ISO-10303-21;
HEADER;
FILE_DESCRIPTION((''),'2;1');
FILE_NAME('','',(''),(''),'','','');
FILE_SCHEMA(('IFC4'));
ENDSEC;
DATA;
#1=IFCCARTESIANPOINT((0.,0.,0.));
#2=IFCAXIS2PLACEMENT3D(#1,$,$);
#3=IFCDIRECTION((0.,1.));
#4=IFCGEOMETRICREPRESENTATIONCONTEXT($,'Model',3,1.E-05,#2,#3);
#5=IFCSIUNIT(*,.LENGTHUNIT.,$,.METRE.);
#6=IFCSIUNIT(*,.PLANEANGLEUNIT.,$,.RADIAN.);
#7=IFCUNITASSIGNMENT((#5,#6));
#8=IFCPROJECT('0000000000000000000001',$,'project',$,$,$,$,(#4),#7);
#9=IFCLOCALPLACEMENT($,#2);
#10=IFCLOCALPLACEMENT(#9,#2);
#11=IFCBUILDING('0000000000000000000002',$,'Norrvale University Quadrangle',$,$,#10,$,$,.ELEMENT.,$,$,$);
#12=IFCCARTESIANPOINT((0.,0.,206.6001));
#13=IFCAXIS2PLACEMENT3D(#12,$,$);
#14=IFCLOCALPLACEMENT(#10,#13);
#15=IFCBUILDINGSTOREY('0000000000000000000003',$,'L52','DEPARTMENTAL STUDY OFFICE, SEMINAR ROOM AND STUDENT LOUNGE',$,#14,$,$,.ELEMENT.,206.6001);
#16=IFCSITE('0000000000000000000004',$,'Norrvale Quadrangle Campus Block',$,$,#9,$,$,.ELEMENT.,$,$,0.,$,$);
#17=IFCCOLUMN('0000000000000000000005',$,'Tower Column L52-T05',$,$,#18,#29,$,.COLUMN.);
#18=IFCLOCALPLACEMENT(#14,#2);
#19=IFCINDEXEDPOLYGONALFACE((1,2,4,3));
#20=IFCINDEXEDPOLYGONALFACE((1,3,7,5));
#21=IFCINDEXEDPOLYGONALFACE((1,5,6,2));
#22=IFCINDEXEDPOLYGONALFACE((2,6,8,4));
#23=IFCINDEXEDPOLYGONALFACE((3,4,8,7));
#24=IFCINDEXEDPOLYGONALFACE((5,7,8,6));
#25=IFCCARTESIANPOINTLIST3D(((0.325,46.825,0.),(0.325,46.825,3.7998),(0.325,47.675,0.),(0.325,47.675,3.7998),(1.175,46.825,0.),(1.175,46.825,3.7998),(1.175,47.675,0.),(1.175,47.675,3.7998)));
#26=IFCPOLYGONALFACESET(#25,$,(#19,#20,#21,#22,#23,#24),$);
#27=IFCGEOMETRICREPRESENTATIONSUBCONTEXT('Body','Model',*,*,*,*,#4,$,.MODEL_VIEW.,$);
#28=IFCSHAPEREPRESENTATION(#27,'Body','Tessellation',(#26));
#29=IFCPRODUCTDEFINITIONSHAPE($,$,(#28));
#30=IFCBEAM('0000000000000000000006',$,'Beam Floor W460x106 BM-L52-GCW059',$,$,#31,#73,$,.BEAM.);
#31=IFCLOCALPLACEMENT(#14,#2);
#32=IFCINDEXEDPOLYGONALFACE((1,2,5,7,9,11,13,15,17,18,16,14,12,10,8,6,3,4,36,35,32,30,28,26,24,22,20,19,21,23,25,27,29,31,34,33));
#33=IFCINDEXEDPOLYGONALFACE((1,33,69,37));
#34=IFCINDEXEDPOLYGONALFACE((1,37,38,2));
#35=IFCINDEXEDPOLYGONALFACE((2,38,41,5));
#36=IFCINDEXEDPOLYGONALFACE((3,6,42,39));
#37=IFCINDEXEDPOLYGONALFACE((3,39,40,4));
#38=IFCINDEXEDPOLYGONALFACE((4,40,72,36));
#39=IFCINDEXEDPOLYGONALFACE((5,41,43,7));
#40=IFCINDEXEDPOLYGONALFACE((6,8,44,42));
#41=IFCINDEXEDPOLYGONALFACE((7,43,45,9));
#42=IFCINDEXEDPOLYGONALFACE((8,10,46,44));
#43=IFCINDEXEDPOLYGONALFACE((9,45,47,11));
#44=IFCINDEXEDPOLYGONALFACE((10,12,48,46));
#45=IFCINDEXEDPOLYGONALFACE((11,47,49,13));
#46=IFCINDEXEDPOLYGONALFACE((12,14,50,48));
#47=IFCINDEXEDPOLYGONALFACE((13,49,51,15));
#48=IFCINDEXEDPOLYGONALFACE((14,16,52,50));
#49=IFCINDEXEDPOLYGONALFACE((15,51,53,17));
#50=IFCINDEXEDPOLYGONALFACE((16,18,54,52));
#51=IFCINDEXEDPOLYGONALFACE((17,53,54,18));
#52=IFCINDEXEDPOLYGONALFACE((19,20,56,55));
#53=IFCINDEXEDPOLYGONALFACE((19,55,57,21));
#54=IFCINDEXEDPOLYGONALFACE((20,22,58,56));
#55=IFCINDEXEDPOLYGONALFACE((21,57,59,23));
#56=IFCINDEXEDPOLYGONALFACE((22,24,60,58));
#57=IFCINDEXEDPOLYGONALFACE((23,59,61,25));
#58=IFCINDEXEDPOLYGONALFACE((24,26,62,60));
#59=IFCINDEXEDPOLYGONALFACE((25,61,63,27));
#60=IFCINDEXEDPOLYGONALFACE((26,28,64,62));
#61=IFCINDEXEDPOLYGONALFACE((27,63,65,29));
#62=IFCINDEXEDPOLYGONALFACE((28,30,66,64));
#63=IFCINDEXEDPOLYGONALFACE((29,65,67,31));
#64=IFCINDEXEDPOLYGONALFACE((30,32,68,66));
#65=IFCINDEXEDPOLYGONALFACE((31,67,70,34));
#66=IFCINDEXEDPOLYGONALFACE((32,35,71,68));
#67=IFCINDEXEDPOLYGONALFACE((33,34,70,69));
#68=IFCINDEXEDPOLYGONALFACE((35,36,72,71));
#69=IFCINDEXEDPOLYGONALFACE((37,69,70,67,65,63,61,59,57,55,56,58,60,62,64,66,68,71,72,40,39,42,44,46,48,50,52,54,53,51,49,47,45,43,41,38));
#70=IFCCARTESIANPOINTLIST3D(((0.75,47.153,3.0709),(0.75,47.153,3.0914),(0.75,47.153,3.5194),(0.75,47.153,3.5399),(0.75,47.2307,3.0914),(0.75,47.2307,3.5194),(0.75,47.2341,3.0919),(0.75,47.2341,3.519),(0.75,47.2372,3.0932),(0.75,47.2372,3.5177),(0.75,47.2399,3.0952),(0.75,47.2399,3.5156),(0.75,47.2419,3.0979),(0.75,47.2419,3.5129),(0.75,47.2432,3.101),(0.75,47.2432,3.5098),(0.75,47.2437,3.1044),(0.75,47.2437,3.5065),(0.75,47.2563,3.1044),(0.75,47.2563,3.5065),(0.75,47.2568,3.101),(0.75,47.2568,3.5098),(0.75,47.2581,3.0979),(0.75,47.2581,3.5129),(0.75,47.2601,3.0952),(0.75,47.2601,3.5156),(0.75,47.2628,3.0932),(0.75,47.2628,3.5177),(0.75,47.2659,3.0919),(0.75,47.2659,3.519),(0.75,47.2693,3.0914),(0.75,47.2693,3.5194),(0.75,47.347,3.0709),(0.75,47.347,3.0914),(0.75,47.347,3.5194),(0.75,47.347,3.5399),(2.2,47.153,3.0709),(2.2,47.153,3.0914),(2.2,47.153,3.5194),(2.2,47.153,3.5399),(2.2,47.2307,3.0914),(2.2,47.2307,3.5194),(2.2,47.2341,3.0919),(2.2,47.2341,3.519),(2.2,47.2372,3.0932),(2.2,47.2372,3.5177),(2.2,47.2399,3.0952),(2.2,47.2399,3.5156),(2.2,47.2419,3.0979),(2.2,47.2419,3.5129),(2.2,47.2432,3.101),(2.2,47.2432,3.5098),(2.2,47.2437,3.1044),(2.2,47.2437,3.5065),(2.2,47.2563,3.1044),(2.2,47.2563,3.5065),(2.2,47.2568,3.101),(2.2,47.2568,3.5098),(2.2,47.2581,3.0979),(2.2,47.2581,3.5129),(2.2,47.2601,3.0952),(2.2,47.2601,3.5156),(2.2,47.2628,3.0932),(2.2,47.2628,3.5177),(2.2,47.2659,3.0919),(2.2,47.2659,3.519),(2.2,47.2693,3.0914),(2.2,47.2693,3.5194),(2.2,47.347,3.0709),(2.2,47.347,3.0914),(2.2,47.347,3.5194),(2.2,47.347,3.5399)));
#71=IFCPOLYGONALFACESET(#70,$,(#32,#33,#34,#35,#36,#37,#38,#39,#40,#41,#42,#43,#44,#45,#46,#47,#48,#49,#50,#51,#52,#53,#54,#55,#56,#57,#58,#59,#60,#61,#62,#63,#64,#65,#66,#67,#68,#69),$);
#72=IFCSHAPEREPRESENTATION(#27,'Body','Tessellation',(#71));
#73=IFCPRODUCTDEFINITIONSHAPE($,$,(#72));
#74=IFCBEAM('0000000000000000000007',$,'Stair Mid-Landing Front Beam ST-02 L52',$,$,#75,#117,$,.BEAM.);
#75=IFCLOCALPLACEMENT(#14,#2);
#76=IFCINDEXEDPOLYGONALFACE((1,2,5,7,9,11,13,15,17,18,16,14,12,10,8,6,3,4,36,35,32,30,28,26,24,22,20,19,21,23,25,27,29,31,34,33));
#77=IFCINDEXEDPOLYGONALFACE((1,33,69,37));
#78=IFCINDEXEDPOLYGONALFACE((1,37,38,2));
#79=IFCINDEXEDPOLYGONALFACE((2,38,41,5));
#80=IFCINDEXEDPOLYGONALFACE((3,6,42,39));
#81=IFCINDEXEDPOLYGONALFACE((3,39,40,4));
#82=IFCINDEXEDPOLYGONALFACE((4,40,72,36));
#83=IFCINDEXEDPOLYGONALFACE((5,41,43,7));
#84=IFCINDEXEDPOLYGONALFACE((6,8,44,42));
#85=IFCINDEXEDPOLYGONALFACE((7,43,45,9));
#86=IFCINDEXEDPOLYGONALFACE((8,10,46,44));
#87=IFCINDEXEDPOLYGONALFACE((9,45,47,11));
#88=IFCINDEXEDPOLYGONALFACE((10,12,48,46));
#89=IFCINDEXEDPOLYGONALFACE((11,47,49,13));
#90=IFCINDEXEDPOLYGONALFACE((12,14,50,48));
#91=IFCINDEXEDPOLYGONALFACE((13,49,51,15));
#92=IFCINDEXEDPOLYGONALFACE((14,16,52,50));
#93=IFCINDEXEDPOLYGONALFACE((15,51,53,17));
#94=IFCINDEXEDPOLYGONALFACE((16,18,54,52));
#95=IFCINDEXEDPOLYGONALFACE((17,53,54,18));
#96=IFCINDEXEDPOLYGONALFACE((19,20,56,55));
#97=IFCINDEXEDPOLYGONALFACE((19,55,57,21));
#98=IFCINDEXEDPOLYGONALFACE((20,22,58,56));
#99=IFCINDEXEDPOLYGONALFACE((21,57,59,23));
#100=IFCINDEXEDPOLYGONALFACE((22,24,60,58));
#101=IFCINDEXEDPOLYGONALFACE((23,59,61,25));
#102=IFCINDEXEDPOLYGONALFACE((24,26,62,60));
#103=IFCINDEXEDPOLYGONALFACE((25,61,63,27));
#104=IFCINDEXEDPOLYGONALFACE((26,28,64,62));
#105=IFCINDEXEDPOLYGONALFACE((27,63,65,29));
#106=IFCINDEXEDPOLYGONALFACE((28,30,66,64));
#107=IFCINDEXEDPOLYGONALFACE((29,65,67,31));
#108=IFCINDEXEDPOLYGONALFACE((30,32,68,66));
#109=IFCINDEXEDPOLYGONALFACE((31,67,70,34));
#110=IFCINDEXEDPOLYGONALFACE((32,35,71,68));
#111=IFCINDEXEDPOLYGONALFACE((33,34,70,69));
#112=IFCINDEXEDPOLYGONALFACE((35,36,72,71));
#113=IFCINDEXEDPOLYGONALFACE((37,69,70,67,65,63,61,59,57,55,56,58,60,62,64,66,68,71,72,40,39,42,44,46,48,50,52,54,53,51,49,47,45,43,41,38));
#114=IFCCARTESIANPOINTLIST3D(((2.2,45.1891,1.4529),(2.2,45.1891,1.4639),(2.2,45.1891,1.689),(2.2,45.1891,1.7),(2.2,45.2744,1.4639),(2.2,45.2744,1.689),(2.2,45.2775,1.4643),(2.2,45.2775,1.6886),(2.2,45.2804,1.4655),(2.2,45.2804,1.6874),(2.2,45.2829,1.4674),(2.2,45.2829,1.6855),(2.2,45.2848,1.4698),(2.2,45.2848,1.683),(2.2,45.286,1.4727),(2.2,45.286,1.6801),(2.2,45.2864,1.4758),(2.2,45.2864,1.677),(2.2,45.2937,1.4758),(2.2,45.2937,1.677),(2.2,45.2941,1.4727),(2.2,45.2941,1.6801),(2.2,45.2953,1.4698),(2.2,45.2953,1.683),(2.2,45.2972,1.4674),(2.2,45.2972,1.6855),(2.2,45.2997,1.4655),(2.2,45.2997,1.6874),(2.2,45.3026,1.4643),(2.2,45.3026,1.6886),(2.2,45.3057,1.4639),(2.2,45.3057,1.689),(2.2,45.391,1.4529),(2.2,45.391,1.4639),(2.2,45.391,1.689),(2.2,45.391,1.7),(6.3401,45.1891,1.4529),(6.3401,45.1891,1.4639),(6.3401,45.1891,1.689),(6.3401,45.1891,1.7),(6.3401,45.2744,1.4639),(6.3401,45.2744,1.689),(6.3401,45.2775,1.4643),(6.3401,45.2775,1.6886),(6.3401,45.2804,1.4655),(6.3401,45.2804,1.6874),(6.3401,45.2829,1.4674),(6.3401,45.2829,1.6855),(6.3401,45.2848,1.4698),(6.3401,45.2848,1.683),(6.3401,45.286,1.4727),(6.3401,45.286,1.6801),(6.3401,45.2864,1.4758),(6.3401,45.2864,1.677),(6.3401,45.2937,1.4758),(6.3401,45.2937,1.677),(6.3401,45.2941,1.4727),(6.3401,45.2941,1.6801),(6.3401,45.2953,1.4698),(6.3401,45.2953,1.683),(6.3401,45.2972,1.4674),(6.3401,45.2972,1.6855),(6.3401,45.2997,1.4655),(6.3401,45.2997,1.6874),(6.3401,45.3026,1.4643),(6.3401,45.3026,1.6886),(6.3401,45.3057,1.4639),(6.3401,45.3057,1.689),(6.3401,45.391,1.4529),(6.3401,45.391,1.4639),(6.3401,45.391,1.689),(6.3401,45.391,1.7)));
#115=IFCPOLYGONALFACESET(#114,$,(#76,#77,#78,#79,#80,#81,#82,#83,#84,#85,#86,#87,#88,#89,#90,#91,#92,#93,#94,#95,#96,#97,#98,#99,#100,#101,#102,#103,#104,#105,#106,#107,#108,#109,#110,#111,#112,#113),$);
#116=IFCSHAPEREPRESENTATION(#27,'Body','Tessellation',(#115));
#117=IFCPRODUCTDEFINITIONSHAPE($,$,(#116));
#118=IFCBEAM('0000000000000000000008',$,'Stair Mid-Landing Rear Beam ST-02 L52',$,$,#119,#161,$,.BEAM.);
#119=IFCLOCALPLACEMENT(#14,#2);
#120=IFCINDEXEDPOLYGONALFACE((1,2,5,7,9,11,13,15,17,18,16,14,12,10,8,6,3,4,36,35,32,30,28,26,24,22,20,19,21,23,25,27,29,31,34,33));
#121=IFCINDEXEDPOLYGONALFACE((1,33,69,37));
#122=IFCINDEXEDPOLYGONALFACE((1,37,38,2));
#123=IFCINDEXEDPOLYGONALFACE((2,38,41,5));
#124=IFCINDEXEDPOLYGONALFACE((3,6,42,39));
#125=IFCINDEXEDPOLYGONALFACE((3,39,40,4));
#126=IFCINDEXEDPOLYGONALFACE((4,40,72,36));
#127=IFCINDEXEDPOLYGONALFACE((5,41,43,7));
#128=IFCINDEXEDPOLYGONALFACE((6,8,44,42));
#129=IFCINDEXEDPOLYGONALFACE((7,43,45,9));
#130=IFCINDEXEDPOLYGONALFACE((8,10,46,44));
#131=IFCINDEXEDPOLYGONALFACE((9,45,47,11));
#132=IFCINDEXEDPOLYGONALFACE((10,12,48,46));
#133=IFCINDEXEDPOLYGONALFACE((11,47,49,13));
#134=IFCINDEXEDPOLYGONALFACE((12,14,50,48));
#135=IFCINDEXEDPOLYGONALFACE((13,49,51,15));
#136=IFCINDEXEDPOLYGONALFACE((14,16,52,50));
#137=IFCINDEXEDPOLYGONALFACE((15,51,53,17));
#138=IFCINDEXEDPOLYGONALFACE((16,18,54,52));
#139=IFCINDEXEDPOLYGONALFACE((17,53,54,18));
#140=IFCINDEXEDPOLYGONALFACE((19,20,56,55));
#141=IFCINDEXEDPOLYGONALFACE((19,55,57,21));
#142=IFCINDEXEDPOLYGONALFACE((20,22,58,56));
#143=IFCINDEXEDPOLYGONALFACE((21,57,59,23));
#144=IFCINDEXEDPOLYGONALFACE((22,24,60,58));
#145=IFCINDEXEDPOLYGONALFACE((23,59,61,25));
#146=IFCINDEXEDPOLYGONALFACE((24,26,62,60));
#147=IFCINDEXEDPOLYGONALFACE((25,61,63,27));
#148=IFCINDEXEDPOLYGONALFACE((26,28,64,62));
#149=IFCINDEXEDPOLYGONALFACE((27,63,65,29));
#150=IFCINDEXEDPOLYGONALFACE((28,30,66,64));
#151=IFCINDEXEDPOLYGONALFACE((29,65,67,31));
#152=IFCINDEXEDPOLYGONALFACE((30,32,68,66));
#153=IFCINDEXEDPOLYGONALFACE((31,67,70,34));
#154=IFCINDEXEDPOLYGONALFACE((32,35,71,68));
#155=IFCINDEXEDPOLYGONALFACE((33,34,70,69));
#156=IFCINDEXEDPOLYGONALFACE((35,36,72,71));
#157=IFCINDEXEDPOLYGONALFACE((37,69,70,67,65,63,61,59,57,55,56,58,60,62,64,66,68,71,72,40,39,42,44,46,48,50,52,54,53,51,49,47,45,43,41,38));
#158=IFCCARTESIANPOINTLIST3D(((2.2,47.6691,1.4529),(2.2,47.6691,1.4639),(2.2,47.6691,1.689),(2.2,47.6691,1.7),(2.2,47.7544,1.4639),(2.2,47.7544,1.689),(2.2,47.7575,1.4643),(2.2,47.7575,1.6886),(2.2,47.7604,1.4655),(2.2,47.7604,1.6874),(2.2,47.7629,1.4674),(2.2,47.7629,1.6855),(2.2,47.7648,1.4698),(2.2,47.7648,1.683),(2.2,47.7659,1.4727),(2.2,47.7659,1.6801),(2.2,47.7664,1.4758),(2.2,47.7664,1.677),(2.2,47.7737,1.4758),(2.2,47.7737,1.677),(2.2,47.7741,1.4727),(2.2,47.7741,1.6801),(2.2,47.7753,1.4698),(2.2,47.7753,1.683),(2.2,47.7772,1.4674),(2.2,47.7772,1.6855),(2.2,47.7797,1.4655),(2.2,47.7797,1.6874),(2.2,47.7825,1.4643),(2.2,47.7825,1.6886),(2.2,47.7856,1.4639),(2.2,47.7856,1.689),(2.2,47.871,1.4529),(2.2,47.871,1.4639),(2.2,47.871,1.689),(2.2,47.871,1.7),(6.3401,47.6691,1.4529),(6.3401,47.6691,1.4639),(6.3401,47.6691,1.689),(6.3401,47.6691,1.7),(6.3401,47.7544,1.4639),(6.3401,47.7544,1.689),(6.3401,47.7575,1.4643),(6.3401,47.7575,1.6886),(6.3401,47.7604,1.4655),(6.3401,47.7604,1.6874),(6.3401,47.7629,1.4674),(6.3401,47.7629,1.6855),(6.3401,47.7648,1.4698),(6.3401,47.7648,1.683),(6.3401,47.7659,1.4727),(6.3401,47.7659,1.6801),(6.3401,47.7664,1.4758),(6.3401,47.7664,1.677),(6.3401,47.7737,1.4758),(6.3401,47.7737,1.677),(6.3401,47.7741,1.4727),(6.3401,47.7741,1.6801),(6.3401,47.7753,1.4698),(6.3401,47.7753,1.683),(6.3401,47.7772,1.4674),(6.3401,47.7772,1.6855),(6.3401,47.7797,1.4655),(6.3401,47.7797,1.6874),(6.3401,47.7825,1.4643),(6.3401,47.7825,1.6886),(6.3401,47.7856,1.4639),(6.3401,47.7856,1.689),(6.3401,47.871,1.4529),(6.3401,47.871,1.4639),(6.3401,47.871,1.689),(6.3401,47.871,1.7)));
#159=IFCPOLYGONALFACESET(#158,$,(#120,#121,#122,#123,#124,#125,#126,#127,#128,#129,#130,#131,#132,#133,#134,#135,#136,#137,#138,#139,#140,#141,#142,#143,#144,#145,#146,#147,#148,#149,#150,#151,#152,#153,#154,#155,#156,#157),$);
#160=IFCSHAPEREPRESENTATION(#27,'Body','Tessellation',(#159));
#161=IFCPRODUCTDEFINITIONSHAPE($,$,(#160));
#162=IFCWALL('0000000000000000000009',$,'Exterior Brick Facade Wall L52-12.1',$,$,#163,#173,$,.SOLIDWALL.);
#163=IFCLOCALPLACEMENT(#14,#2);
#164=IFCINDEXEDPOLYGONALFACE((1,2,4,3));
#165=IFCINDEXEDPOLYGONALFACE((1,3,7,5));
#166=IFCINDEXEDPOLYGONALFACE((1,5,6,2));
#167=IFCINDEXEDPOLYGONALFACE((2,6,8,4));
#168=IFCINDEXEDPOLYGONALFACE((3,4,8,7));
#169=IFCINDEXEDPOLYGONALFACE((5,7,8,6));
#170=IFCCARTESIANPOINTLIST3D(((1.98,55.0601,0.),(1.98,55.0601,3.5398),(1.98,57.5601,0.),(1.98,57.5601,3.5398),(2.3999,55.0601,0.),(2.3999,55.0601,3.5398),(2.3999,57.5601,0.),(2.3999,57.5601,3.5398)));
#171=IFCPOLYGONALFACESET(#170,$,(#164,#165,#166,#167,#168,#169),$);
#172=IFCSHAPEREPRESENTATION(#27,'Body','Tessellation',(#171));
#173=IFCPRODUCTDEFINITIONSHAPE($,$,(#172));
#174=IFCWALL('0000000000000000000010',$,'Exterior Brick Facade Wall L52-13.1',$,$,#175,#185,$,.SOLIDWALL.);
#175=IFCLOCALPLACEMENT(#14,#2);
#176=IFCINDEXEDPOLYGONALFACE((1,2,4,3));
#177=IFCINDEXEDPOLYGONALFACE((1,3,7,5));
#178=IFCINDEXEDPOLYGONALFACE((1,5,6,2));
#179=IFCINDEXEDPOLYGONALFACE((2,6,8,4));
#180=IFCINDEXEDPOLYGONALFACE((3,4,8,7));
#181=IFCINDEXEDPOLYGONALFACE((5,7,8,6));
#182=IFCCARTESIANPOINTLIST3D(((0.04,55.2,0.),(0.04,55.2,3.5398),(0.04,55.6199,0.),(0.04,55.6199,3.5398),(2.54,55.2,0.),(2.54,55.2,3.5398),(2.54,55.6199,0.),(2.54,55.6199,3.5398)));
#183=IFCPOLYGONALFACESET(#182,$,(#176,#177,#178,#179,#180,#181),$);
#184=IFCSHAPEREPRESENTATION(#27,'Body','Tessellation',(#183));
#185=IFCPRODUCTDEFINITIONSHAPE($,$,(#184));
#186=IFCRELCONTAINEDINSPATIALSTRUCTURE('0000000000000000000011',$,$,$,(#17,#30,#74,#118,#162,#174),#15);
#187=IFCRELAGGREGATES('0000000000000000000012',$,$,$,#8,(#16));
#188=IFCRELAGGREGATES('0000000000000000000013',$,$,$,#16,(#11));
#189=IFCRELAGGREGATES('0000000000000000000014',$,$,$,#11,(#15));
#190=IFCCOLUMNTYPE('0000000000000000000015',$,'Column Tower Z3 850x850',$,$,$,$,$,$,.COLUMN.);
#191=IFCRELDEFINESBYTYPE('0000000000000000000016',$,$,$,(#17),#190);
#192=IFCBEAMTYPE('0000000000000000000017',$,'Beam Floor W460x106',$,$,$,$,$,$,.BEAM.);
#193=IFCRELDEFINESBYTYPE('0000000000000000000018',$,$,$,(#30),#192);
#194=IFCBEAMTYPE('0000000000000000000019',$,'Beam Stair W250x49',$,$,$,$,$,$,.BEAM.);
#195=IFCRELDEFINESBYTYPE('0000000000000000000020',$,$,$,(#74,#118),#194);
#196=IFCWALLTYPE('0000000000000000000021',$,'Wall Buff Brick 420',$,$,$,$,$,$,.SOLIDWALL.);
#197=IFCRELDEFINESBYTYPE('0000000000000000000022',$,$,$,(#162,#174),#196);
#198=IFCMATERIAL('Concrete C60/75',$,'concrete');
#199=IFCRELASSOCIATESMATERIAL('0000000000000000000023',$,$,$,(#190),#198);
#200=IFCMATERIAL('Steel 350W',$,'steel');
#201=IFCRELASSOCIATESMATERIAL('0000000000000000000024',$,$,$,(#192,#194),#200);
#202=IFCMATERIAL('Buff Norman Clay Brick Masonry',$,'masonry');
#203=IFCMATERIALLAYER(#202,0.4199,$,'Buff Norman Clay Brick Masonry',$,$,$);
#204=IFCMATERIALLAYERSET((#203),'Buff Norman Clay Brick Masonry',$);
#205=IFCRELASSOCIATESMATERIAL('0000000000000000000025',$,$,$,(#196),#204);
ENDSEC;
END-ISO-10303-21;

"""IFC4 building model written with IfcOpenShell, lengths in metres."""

from ifc_helpers import new_model, si_unit, direction, frame, frame_2d, origin, origin_2d, place, context, subcontext, project, spatial, rectangle, i_section, extrude, material, layer, layer_set, material_profile, profile_set, type_object, element, save


model = new_model("IFC4")

# Units and contexts
model_context = context("Model", 3, precision=1e-05, world=origin(), true_north=direction((0.0, 1.0)))
body_context = subcontext(model_context, "Body", "Model", "MODEL_VIEW")
ifc_project = project(units=[si_unit("LENGTHUNIT", "METRE"), si_unit("PLANEANGLEUNIT", "RADIAN")], contexts=[model_context])

# Site, building, storey
site_placement = place(None, origin())
site = spatial("IfcSite", under=ifc_project, at=site_placement, Name="Norrvale Quadrangle Campus Block", CompositionType="ELEMENT", RefElevation=0.0)
building_placement = place(site_placement, origin())
building = spatial("IfcBuilding", under=site, at=building_placement, Name="Norrvale University Quadrangle", CompositionType="ELEMENT")
storey_placement = place(building_placement, frame((0.0, 0.0, 206.6001)))
storey = spatial("IfcBuildingStorey", under=building, at=storey_placement, Name="L52", Description="DEPARTMENTAL STUDY OFFICE, SEMINAR ROOM AND STUDENT LOUNGE", CompositionType="ELEMENT", Elevation=206.6001)

# Column
ifc_material_1 = material(Name="Concrete C60/75", Category="concrete")
ifc_material_profile_1 = material_profile(ifc_material_1, rectangle(XDim=0.8501, YDim=0.8501, at=origin_2d()), Name="Concrete C60/75")
ifc_profile_set_1 = profile_set([ifc_material_profile_1], Name="Concrete C60/75")
column_type = type_object("IfcColumnType", Name="Column Tower Z3 850x850", PredefinedType="COLUMN", material=ifc_profile_set_1)
column_placement = place(storey_placement, frame((0.75, 47.25, 0.0), z_axis=(0.0, 0.0, 1.0), x_axis=(1.0, 0.0, 0.0)))
element("IfcColumn", 1, at=column_placement, inside=storey, type_object=column_type, Name="Tower Column L52-T05", PredefinedType="COLUMN", context=body_context, shape_type="SweptSolid", body=[
    extrude(rectangle(XDim=0.8501, YDim=0.8501, at=origin_2d()), origin(), (0.0, 0.0, 1.0), 3.7998),
])

# Beams
ifc_material_2 = material(Name="Steel 350W", Category="steel")
ifc_material_profile_2 = material_profile(ifc_material_2, i_section(OverallWidth=0.1941, OverallDepth=0.469, WebThickness=0.0127, FlangeThickness=0.0205, FilletRadius=0.0129, at=origin_2d()), Name="Steel 350W")
ifc_profile_set_2 = profile_set([ifc_material_profile_2], Name="Steel 350W")
beam_type_1 = type_object("IfcBeamType", Name="Beam Floor W460x106", PredefinedType="BEAM", material=ifc_profile_set_2)
beam_placement = place(storey_placement, frame((0.75, 47.25, 3.3054), z_axis=(1.0, 0.0, 0.0), x_axis=(0.0, 1.0, 0.0)))
element("IfcBeam", 2, at=beam_placement, inside=storey, type_object=beam_type_1, Name="Beam Floor W460x106 BM-L52-GCW059", PredefinedType="BEAM", context=body_context, shape_type="SweptSolid", body=[
    extrude(i_section(OverallWidth=0.1941, OverallDepth=0.469, WebThickness=0.0127, FlangeThickness=0.0205, FilletRadius=0.0129, at=origin_2d()), origin(), (0.0, 0.0, 1.0), 1.45),
])
ifc_material_profile_3 = material_profile(ifc_material_2, i_section(OverallWidth=0.2019, OverallDepth=0.2471, WebThickness=0.0073, FlangeThickness=0.011, FilletRadius=0.012, at=origin_2d()), Name="Steel 350W")
ifc_profile_set_3 = profile_set([ifc_material_profile_3], Name="Steel 350W")
beam_type_2 = type_object("IfcBeamType", Name="Beam Stair W250x49", PredefinedType="BEAM", material=ifc_profile_set_3)
for number, where, z_axis, x_axis, name in (
    (3, (2.2, 45.29, 1.5764), (1.0, 0.0, 0.0), (0.0, 1.0, 0.0), "Stair Mid-Landing Front Beam ST-02 L52"),
    (4, (2.2, 47.77, 1.5764), (1.0, 0.0, 0.0), (0.0, 1.0, 0.0), "Stair Mid-Landing Rear Beam ST-02 L52"),
):
    element("IfcBeam", number, at=place(storey_placement, frame(where, z_axis=z_axis, x_axis=x_axis)), inside=storey, type_object=beam_type_2, Name=name, PredefinedType="BEAM", context=body_context, shape_type="SweptSolid", body=[
        extrude(i_section(OverallWidth=0.2019, OverallDepth=0.2471, WebThickness=0.0073, FlangeThickness=0.011, FilletRadius=0.012, at=origin_2d()), origin(), (0.0, 0.0, 1.0), 4.1401),
    ])

# Walls
ifc_material_3 = material(Name="Buff Norman Clay Brick Masonry", Category="masonry")
ifc_layer_1 = layer(ifc_material_3, 0.4199, Name="Buff Norman Clay Brick Masonry")
ifc_layer_set_1 = layer_set([ifc_layer_1], Name="Buff Norman Clay Brick Masonry")
wall_type_1 = type_object("IfcWallType", Name="Wall Buff Brick 420", PredefinedType="SOLIDWALL", material=ifc_layer_set_1)
for number, where, z_axis, x_axis, name in (
    (5, (2.1899, 57.5601, 0.0), (0.0, 0.0, 1.0), (0.0, -1.0, 0.0), "Exterior Brick Facade Wall L52-12.1"),
    (6, (2.54, 55.4099, 0.0), (0.0, 0.0, 1.0), (-1.0, 0.0, 0.0), "Exterior Brick Facade Wall L52-13.1"),
):
    element("IfcWall", number, at=place(storey_placement, frame(where, z_axis=z_axis, x_axis=x_axis)), inside=storey, type_object=wall_type_1, Name=name, PredefinedType="SOLIDWALL", context=body_context, shape_type="SweptSolid", body=[
        extrude(rectangle(XDim=2.5, YDim=0.4199, at=frame_2d((1.25, 0.0))), origin(), (0.0, 0.0, 1.0), 3.5398),
    ])

save(model, "model.ifc")
